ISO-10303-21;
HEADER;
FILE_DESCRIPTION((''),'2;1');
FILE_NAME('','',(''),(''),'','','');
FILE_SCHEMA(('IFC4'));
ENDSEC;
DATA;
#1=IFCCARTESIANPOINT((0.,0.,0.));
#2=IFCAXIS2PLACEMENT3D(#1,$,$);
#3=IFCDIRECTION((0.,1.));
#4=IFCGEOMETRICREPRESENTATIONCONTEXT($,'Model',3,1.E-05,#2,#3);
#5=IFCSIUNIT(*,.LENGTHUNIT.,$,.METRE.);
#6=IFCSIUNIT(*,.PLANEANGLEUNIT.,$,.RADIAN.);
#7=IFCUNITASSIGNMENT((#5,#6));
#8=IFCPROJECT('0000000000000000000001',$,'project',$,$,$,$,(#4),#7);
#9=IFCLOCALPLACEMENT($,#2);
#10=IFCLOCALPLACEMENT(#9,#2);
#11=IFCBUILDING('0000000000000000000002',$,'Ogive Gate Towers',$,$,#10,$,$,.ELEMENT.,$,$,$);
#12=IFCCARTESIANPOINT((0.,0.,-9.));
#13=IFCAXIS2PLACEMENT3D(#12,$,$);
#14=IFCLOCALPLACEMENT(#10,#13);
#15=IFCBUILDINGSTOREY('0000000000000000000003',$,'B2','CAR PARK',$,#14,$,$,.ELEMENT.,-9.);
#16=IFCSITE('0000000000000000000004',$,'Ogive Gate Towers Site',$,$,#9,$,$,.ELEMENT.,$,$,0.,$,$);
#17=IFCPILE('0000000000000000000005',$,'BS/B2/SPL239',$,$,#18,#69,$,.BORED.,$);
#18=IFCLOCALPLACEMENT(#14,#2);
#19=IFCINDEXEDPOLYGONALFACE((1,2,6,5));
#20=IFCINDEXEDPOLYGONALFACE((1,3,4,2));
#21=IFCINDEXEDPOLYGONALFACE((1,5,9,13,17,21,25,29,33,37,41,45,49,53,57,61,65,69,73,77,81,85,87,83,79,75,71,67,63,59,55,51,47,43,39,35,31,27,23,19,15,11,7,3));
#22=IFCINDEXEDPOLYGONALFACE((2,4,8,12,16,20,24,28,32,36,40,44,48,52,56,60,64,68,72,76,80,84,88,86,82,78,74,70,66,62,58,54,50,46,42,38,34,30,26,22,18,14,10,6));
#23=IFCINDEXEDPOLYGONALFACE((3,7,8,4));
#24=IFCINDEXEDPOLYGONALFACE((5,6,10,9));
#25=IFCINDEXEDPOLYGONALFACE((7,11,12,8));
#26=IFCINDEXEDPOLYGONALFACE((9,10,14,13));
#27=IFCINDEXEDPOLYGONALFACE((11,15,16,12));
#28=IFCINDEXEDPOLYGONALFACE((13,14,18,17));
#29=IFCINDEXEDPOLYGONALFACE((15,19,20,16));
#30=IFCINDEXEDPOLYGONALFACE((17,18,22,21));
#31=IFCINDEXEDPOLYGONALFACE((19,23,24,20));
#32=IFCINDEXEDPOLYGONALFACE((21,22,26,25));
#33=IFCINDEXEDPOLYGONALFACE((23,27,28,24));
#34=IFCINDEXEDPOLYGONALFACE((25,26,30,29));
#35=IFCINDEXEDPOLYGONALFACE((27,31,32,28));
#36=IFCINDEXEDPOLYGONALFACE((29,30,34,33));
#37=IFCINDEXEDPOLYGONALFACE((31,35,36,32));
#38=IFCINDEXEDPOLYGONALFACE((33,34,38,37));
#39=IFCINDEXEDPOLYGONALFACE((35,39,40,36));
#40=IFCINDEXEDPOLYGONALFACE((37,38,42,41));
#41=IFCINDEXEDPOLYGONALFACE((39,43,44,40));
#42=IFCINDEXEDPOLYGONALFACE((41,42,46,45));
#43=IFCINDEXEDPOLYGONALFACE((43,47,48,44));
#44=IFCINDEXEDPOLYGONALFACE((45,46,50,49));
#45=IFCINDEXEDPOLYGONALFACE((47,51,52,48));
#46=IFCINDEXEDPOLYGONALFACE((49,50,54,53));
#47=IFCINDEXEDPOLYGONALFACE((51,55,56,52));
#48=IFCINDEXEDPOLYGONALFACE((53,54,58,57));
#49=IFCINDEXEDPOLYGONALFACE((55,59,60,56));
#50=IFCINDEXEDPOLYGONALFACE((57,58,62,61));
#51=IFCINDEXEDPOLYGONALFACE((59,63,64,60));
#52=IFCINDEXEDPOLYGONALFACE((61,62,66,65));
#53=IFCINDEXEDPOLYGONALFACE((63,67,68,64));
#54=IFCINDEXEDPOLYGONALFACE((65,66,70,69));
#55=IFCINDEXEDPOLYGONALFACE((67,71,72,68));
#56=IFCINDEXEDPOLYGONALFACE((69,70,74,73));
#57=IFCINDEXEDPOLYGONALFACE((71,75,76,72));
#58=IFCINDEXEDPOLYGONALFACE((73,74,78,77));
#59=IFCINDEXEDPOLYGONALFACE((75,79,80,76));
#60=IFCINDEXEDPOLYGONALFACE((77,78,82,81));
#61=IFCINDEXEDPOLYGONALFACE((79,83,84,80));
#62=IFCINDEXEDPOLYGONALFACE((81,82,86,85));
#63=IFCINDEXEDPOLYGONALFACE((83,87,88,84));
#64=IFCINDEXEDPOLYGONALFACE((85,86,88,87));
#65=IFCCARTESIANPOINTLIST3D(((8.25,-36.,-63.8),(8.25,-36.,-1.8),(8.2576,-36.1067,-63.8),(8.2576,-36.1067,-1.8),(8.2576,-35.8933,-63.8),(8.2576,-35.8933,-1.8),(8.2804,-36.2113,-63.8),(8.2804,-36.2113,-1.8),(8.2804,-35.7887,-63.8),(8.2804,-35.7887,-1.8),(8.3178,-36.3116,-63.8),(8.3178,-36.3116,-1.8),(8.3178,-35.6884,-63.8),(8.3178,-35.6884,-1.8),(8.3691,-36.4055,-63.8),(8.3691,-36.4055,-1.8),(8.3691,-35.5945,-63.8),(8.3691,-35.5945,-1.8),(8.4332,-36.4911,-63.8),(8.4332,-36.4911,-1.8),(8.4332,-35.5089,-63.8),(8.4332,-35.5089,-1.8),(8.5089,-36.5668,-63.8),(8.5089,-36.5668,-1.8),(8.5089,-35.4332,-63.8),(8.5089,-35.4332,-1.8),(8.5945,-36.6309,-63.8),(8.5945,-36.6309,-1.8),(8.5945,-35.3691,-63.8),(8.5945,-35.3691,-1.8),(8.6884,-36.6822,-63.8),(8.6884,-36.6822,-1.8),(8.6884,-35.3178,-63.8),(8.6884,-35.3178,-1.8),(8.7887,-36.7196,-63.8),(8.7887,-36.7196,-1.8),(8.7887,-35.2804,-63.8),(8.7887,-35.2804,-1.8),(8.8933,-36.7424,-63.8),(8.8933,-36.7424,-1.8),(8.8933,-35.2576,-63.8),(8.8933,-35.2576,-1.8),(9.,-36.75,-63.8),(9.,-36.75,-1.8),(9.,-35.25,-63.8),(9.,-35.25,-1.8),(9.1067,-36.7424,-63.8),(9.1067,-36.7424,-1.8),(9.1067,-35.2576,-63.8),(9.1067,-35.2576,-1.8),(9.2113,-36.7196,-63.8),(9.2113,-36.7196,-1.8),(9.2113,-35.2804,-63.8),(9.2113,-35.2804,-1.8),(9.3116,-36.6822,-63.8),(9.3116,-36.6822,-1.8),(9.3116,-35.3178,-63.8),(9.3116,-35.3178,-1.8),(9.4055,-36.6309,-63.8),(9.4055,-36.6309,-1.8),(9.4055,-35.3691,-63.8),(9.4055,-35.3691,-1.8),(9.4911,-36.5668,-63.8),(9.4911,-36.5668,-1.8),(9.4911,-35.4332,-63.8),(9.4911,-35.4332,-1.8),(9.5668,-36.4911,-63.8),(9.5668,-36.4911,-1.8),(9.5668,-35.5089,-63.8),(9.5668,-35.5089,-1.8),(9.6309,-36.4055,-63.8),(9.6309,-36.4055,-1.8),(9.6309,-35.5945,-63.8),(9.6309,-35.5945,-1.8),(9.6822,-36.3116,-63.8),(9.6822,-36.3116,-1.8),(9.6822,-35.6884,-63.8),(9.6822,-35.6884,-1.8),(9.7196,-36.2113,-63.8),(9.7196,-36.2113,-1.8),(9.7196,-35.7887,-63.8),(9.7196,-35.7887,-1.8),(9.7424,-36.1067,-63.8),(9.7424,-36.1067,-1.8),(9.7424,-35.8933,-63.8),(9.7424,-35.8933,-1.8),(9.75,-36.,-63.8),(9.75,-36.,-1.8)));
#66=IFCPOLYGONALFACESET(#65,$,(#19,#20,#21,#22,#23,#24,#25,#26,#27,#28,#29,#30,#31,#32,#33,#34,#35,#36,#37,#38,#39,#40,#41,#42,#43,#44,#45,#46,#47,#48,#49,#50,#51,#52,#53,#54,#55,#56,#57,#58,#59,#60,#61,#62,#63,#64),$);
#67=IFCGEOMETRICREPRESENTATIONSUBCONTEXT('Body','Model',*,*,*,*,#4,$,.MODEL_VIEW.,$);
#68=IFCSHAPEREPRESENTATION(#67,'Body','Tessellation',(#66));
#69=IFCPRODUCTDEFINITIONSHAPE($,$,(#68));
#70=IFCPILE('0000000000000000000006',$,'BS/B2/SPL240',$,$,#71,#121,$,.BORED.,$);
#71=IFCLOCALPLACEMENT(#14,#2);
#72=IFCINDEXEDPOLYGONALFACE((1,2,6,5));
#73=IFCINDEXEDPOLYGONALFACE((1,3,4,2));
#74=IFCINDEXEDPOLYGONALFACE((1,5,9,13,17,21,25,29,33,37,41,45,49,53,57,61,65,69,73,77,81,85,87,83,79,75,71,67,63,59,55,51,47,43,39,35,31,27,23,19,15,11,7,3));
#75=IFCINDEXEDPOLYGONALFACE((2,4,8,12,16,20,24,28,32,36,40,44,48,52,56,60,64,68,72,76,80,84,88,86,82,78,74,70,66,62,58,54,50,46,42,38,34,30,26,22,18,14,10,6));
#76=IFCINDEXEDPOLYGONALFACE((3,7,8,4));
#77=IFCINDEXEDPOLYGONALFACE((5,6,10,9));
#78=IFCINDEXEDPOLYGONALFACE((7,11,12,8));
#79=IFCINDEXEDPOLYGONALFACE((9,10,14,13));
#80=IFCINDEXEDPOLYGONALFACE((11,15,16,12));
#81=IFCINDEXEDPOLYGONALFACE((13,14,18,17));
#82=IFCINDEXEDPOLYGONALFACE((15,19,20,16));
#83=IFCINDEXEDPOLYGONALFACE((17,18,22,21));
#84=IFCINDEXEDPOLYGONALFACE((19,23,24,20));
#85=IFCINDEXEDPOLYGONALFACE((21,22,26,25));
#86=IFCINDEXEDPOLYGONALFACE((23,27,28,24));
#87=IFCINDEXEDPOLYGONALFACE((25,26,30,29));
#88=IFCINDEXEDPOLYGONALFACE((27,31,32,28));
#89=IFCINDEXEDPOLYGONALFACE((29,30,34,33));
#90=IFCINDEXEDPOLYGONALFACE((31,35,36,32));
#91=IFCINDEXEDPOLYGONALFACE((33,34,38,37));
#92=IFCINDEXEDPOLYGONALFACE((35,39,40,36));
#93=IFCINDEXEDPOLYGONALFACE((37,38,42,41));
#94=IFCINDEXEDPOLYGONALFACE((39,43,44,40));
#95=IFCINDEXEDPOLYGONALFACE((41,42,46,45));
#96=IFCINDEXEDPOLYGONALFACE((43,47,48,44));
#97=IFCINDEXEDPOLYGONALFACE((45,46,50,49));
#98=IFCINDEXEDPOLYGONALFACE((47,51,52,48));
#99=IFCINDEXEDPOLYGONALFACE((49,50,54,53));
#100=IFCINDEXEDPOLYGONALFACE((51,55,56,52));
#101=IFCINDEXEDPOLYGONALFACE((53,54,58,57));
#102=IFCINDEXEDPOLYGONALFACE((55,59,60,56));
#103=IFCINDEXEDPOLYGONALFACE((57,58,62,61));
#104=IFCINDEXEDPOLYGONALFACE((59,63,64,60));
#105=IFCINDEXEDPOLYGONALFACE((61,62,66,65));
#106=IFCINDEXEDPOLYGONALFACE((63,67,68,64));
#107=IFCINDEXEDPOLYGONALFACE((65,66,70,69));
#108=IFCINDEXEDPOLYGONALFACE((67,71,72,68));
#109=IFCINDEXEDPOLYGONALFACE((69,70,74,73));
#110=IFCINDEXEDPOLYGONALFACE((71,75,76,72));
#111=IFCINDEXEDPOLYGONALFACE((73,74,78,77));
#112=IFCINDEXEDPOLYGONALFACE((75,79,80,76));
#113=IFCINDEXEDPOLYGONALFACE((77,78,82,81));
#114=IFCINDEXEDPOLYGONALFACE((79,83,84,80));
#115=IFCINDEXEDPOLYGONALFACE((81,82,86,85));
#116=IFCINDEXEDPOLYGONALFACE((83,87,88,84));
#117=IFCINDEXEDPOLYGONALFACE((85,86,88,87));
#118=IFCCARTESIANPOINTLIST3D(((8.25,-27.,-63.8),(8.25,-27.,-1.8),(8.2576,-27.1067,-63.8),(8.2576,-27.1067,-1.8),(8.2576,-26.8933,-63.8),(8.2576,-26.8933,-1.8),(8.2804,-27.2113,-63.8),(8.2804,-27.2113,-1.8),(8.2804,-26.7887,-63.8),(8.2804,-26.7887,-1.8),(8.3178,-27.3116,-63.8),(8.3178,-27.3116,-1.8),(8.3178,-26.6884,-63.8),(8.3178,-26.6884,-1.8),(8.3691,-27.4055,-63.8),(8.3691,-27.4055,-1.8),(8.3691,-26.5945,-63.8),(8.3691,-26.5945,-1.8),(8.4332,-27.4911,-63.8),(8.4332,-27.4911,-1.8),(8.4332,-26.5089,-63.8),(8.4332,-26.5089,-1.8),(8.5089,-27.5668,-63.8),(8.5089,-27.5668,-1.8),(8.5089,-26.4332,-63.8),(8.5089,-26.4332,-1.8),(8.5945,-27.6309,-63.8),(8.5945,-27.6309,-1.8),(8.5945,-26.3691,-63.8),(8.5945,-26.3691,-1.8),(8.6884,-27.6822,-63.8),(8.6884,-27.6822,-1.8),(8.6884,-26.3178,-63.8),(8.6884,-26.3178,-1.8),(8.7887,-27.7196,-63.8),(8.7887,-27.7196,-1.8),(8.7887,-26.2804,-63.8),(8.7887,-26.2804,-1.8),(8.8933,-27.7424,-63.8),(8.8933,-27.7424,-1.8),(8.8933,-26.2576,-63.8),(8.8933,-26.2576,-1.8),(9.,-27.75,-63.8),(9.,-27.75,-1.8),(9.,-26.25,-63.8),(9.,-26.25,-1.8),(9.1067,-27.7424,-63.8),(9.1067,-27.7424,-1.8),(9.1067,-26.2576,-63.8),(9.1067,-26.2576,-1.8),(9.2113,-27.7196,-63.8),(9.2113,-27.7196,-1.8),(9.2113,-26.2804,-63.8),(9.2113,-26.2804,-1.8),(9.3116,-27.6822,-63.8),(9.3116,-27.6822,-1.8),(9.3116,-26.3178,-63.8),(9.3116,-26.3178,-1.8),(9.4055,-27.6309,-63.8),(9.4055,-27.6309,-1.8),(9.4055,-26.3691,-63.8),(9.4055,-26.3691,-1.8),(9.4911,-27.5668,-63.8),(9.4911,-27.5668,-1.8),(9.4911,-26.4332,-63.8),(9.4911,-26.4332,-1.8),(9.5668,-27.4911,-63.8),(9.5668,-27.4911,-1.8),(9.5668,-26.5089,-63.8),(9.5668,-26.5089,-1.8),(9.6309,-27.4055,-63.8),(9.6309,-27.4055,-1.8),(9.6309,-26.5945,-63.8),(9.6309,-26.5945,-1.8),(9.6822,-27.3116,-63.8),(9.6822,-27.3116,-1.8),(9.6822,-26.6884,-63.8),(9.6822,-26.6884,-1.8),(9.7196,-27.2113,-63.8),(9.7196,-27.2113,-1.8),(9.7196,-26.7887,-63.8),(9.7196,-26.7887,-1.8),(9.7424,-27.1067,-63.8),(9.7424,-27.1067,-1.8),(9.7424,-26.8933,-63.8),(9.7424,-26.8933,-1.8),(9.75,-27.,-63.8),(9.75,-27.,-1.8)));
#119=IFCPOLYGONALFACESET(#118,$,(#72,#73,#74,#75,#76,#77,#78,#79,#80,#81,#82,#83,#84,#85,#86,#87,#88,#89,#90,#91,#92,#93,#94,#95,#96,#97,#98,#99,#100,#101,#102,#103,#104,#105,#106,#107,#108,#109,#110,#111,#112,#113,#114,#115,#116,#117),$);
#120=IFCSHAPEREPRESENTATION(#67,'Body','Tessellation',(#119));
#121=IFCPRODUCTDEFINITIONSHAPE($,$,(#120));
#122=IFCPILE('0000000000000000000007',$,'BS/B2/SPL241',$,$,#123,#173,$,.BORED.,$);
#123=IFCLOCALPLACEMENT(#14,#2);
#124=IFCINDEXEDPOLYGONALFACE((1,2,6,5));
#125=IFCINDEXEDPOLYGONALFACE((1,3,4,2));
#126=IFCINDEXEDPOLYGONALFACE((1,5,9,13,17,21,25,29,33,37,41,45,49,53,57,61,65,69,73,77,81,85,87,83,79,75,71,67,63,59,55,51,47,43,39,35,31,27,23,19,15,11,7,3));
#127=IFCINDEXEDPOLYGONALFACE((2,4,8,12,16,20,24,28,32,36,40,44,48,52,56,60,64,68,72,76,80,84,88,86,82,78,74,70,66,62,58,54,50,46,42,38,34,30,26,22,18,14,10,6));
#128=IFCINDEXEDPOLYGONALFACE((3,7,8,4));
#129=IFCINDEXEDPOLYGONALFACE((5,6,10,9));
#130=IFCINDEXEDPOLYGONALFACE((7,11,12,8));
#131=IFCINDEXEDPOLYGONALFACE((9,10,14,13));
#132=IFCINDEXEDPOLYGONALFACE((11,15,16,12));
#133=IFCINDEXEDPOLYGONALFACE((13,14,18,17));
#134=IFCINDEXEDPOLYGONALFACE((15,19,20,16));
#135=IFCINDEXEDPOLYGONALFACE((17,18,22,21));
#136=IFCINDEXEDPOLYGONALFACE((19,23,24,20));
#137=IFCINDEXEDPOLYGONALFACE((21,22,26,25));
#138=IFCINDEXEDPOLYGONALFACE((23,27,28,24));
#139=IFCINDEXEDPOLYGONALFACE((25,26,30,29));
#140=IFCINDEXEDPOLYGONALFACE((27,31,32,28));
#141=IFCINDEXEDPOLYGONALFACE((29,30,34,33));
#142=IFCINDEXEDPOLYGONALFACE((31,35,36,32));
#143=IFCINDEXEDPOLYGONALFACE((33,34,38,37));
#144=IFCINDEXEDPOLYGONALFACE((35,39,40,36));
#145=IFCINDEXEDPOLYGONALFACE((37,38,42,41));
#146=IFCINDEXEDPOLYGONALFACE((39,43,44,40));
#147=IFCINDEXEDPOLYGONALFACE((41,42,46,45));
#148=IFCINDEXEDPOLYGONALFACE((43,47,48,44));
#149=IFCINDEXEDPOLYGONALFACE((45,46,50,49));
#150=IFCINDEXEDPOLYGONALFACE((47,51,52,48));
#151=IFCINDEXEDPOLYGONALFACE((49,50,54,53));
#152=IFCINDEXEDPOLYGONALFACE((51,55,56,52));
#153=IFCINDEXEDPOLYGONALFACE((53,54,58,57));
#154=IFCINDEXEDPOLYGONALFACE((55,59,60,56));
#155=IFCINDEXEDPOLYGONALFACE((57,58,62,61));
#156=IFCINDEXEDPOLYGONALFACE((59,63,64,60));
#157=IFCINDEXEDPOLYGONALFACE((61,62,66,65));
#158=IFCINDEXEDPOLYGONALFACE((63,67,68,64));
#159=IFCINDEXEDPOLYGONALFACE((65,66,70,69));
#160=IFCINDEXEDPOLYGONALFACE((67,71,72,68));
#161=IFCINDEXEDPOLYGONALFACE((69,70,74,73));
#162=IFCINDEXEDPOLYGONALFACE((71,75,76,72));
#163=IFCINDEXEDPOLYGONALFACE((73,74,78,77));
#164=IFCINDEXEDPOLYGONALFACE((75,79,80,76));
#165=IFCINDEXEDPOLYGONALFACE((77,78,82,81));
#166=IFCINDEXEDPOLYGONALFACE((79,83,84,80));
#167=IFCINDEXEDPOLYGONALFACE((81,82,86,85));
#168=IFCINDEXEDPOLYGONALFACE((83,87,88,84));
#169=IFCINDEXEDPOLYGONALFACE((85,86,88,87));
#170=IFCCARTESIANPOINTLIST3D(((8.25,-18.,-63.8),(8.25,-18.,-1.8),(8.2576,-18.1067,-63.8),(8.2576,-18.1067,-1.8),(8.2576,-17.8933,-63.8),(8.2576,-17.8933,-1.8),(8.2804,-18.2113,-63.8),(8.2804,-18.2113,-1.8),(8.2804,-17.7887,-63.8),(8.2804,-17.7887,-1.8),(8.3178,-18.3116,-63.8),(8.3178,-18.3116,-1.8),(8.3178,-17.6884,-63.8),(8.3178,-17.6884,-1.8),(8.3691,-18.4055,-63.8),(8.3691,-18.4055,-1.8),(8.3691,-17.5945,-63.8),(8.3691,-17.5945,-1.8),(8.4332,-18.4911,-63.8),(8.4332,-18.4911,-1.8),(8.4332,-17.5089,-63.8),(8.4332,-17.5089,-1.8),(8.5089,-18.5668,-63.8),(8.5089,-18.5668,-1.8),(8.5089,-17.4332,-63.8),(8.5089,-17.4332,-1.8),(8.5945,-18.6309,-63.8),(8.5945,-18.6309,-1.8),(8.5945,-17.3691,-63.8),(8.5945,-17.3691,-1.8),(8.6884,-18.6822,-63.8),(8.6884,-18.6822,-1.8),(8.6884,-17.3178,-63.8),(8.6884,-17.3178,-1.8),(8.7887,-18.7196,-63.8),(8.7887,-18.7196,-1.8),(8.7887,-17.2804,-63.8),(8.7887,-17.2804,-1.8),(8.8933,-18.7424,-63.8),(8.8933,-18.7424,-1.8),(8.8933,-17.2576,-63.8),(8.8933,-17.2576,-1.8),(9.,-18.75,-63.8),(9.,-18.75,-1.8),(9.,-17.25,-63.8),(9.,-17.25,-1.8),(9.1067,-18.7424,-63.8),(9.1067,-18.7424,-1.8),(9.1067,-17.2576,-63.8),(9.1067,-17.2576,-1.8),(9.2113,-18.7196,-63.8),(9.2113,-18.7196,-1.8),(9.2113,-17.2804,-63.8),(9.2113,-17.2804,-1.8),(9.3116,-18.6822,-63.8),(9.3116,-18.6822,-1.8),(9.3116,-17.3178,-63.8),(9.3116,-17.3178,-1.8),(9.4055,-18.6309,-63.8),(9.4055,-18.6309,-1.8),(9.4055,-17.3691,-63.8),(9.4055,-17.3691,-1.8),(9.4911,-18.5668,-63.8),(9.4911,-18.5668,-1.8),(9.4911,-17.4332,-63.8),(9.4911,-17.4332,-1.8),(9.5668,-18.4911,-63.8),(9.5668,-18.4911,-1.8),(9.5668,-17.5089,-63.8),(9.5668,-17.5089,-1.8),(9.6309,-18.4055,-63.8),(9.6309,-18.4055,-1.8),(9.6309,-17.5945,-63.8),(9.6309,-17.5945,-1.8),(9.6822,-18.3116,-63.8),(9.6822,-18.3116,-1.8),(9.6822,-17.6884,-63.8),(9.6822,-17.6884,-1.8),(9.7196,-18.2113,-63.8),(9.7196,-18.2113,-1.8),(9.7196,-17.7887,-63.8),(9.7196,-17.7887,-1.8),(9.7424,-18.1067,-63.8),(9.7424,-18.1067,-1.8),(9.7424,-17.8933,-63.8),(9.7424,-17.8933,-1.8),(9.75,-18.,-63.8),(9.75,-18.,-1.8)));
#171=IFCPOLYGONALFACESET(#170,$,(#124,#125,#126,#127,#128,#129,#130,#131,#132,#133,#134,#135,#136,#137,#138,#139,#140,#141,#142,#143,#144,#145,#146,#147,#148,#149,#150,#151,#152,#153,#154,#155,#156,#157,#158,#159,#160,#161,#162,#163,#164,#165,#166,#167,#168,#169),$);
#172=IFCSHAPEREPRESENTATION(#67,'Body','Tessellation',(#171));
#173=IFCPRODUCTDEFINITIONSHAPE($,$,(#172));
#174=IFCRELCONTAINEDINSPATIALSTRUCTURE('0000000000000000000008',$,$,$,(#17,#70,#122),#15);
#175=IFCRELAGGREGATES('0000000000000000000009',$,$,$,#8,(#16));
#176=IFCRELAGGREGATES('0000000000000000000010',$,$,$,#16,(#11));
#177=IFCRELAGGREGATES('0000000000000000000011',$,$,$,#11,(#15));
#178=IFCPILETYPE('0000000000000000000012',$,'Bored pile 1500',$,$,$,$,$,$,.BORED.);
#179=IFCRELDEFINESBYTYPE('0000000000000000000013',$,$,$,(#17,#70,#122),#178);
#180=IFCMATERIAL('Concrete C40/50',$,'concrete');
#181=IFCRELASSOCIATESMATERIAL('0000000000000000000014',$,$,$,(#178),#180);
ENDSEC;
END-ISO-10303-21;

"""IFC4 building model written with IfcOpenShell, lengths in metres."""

from ifc_helpers import new_model, si_unit, direction, frame, origin, origin_2d, place, context, subcontext, project, spatial, circle, extrude, material, material_profile, profile_set, type_object, element, save


model = new_model("IFC4")

# Units and contexts
model_context = context("Model", 3, precision=1e-05, world=origin(), true_north=direction((0.0, 1.0)))
body_context = subcontext(model_context, "Body", "Model", "MODEL_VIEW")
ifc_project = project(units=[si_unit("LENGTHUNIT", "METRE"), si_unit("PLANEANGLEUNIT", "RADIAN")], contexts=[model_context])

# Site, building, storey
site_placement = place(None, origin())
site = spatial("IfcSite", under=ifc_project, at=site_placement, Name="Ogive Gate Towers Site", CompositionType="ELEMENT", RefElevation=0.0)
building_placement = place(site_placement, origin())
building = spatial("IfcBuilding", under=site, at=building_placement, Name="Ogive Gate Towers", CompositionType="ELEMENT")
storey_placement = place(building_placement, frame((0.0, 0.0, -9.0)))
storey = spatial("IfcBuildingStorey", under=building, at=storey_placement, Name="B2", Description="CAR PARK", CompositionType="ELEMENT", Elevation=-9.0)

# Piles
ifc_material_1 = material(Name="Concrete C40/50", Category="concrete")
ifc_material_profile_1 = material_profile(ifc_material_1, circle(Radius=0.75, at=origin_2d()), Name="BP 1500")
ifc_profile_set_1 = profile_set([ifc_material_profile_1], Name="Concrete C40/50")
pile_type_1 = type_object("IfcPileType", Name="Bored pile 1500", PredefinedType="BORED", material=ifc_profile_set_1)
for number, where, z_axis, x_axis, name in (
    (1, (9.0, -36.0, -1.8), (0.0, 0.0, -1.0), (1.0, 0.0, 0.0), "BS/B2/SPL239"),
    (2, (9.0, -27.0, -1.8), (0.0, 0.0, -1.0), (1.0, 0.0, 0.0), "BS/B2/SPL240"),
    (3, (9.0, -18.0, -1.8), (0.0, 0.0, -1.0), (1.0, 0.0, 0.0), "BS/B2/SPL241"),
):
    element("IfcPile", number, at=place(storey_placement, frame(where, z_axis=z_axis, x_axis=x_axis)), inside=storey, type_object=pile_type_1, Name=name, PredefinedType="BORED", context=body_context, shape_type="SweptSolid", body=[
        extrude(circle(Radius=0.75, at=origin_2d()), origin(), (0.0, 0.0, 1.0), 62.0),
    ])

save(model, "model.ifc")
